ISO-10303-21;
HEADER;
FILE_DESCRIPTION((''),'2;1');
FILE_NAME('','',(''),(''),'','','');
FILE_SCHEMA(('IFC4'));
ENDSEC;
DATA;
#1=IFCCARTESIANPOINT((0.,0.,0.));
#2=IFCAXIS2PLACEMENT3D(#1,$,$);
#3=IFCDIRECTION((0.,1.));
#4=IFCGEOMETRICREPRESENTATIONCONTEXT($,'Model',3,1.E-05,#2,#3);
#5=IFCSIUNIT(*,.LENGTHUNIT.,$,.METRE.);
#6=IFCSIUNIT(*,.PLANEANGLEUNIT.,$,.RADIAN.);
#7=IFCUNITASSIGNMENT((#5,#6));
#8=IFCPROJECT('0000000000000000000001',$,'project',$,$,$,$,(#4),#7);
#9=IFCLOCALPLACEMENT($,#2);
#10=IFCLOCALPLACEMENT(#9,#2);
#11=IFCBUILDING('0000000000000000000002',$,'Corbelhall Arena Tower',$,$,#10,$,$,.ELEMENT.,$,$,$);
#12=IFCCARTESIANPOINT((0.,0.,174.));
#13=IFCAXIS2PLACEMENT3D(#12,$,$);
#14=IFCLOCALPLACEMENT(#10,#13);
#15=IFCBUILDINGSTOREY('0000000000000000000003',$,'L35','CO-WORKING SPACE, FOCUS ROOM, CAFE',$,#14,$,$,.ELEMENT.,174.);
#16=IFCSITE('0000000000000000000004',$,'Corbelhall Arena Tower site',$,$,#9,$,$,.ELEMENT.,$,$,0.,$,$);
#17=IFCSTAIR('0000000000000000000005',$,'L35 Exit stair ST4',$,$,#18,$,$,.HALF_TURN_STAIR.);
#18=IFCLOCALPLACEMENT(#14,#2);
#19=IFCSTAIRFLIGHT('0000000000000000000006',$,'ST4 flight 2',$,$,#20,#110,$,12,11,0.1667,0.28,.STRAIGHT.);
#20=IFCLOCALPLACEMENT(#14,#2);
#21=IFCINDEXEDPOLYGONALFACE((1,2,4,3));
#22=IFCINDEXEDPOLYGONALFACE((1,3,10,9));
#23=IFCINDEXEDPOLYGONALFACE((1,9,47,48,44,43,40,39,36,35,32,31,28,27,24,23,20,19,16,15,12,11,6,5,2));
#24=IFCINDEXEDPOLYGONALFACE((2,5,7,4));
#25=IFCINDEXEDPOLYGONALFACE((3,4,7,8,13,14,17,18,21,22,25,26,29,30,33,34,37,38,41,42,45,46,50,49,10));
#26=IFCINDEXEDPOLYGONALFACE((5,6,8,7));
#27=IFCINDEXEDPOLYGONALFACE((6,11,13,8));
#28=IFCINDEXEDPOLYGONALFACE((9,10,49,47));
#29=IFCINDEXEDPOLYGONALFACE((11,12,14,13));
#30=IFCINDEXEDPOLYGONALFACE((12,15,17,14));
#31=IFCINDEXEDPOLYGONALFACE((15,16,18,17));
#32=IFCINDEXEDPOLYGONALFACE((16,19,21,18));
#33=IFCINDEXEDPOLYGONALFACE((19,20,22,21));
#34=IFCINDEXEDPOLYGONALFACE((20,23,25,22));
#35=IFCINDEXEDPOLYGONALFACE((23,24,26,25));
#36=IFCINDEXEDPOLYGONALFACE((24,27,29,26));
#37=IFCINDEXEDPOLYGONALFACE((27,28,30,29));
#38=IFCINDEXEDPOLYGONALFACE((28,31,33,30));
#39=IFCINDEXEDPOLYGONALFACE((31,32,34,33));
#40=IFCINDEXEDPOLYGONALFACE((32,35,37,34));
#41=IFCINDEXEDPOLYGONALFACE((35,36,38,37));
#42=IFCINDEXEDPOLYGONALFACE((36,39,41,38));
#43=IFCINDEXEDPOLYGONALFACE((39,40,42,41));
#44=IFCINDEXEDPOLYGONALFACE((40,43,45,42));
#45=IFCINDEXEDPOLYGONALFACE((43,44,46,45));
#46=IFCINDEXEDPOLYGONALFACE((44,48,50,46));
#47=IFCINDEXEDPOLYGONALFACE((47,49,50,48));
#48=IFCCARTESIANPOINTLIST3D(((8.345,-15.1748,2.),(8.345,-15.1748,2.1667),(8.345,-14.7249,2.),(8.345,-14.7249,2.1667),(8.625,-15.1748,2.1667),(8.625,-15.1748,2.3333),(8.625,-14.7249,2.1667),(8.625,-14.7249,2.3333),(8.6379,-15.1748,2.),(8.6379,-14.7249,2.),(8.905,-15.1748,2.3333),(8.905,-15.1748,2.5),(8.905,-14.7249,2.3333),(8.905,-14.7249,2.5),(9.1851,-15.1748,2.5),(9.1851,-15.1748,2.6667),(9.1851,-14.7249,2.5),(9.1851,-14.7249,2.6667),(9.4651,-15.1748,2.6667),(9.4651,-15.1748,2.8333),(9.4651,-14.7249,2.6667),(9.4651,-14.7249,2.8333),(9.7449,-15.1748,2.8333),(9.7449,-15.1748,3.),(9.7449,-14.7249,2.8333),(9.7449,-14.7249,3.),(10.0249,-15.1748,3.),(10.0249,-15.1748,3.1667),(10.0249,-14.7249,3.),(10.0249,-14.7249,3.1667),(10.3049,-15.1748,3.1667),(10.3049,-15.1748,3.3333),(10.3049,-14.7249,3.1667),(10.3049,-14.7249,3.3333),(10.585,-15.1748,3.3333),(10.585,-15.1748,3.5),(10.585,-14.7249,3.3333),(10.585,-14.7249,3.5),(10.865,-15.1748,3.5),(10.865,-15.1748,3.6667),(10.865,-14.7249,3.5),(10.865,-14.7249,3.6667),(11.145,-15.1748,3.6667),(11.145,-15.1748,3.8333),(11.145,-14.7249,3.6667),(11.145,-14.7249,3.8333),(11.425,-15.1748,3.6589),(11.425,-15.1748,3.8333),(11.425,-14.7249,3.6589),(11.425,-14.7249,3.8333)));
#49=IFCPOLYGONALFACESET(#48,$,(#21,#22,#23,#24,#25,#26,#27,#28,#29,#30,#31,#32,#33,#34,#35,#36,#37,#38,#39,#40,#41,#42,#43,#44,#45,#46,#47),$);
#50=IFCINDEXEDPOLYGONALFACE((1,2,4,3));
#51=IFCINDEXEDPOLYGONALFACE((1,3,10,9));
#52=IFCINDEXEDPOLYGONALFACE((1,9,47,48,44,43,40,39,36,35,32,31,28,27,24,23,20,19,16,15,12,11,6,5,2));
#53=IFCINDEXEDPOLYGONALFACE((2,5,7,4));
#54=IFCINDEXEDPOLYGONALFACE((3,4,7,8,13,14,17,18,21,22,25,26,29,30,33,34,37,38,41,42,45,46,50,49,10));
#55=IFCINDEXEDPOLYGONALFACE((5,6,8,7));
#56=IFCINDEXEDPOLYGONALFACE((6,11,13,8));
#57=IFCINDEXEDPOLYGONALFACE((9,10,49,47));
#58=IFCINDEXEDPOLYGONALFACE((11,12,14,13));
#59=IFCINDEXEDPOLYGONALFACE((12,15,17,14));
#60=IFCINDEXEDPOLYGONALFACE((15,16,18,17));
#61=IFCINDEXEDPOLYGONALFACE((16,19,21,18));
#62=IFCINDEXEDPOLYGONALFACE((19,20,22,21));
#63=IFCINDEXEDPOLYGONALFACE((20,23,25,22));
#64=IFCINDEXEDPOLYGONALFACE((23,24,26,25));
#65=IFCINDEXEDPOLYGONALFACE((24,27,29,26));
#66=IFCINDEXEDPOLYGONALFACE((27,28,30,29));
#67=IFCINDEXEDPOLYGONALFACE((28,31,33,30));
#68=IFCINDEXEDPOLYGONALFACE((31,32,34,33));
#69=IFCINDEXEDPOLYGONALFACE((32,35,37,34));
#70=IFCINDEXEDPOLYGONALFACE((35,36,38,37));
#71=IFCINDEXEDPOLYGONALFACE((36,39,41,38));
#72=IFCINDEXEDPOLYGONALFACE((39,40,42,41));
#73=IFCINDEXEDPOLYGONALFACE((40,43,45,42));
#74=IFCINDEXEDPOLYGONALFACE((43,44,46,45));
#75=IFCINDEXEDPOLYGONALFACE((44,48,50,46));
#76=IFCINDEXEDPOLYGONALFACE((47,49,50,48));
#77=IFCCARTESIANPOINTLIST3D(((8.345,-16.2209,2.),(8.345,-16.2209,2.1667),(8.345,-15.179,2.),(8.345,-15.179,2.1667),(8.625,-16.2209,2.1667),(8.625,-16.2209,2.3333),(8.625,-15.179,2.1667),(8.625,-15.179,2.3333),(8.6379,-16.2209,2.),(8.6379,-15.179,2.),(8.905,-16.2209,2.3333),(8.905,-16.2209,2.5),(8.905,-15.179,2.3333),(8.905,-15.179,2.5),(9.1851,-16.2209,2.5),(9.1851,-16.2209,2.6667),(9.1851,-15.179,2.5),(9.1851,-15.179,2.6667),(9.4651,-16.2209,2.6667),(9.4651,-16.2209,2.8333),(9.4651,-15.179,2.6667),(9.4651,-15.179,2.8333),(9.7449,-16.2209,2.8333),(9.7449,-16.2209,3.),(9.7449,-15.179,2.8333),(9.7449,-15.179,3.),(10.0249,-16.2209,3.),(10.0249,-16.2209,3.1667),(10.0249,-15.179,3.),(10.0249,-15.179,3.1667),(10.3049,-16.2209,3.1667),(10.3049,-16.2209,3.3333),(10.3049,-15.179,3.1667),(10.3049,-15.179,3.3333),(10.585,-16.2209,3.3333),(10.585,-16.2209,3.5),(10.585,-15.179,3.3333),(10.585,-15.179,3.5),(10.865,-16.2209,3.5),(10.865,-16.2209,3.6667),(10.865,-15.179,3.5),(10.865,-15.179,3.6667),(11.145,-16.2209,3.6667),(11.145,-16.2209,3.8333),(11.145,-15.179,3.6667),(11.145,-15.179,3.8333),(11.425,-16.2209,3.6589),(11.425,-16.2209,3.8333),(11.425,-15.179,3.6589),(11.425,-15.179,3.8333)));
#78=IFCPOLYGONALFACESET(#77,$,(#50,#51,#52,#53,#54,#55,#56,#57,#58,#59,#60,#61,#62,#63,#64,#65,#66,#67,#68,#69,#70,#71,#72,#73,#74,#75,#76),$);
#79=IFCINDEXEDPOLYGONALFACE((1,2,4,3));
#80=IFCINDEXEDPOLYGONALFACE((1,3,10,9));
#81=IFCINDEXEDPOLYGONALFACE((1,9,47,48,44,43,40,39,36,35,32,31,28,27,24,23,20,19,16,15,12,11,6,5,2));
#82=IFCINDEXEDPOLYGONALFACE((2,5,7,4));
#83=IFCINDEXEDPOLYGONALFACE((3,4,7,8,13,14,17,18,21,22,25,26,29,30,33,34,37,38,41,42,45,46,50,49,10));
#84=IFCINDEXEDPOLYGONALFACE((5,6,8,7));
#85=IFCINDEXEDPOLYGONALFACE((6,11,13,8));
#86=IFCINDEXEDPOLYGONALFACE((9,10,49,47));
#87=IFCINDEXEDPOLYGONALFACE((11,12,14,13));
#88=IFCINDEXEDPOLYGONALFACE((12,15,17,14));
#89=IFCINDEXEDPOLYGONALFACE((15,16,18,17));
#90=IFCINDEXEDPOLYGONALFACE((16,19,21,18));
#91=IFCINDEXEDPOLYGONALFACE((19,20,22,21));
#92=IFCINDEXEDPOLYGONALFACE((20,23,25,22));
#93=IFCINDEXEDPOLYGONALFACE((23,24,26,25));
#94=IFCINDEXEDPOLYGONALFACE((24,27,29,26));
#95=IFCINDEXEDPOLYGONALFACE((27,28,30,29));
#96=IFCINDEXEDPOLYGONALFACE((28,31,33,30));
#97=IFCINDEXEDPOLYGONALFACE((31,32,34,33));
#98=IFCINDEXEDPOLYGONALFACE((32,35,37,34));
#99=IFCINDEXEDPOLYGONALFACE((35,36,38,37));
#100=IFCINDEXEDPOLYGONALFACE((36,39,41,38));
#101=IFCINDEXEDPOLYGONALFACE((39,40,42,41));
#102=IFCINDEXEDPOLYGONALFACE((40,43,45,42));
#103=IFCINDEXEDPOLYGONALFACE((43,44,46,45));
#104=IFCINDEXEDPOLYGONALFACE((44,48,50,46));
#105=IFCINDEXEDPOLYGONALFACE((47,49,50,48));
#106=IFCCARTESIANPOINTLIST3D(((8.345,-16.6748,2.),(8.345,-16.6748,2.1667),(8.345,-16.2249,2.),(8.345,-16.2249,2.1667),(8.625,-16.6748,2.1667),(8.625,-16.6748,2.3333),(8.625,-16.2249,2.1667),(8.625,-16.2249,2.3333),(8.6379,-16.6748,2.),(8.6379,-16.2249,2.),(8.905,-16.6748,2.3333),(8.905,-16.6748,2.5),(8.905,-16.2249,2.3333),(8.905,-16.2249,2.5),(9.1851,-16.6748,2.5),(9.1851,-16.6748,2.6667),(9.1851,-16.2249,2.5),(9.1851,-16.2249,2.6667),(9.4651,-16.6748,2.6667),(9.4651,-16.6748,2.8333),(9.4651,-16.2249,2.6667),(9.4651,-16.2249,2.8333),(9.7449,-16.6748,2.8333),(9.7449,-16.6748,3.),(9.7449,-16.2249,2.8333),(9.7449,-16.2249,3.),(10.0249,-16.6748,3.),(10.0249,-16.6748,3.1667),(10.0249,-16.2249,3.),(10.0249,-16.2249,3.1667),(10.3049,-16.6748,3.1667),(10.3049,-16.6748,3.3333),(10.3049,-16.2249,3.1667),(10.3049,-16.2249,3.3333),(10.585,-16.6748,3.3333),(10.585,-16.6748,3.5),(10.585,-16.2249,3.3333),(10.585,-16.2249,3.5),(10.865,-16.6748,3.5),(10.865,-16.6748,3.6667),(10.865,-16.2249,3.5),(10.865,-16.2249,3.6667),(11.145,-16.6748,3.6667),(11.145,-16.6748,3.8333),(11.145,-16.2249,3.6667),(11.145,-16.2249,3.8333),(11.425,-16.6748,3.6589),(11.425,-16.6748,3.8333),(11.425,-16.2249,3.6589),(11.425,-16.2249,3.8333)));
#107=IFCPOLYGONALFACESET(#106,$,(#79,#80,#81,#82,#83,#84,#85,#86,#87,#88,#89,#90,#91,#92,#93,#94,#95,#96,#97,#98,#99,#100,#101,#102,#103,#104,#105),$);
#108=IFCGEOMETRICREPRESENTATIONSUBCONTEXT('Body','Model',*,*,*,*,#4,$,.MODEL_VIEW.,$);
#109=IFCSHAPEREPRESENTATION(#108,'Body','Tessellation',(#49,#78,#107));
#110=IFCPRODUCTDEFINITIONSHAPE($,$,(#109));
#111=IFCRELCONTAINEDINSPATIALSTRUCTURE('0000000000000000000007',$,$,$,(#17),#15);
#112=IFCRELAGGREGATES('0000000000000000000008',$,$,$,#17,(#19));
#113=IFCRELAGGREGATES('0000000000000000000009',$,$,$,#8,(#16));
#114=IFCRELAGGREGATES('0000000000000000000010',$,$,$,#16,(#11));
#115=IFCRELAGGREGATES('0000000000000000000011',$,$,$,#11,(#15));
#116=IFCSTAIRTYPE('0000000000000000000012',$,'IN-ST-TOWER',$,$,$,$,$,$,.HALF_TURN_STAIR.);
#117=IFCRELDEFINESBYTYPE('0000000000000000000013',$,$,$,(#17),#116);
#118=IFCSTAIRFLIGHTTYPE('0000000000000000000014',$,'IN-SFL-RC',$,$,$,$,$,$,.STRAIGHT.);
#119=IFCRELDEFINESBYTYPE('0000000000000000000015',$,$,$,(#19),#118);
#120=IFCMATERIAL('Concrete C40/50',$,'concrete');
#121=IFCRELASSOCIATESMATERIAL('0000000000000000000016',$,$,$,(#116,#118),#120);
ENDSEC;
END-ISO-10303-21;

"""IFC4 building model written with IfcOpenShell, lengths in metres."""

from ifc_helpers import new_model, si_unit, direction, frame, origin, place, context, subcontext, project, spatial, polyline, outline, extrude, material, type_object, element, aggregate, save


model = new_model("IFC4")

# Units and contexts
model_context = context("Model", 3, precision=1e-05, world=origin(), true_north=direction((0.0, 1.0)))
body_context = subcontext(model_context, "Body", "Model", "MODEL_VIEW")
ifc_project = project(units=[si_unit("LENGTHUNIT", "METRE"), si_unit("PLANEANGLEUNIT", "RADIAN")], contexts=[model_context])

# Site, building, storey
site_placement = place(None, origin())
site = spatial("IfcSite", under=ifc_project, at=site_placement, Name="Corbelhall Arena Tower site", CompositionType="ELEMENT", RefElevation=0.0)
building_placement = place(site_placement, origin())
building = spatial("IfcBuilding", under=site, at=building_placement, Name="Corbelhall Arena Tower", CompositionType="ELEMENT")
storey_placement = place(building_placement, frame((0.0, 0.0, 174.0)))
storey = spatial("IfcBuildingStorey", under=building, at=storey_placement, Name="L35", Description="CO-WORKING SPACE, FOCUS ROOM, CAFE", CompositionType="ELEMENT", Elevation=174.0)

# Shared definitions
ifc_material_1 = material(Name="Concrete C40/50", Category="concrete")

# Stair, stair flight
stair_type = type_object("IfcStairType", Name="IN-ST-TOWER", PredefinedType="HALF_TURN_STAIR", material=ifc_material_1)
stair_placement = place(storey_placement, origin())
stair = element("IfcStair", 1, at=stair_placement, inside=storey, type_object=stair_type, Name="L35 Exit stair ST4", PredefinedType="HALF_TURN_STAIR")
stair_flight_type = type_object("IfcStairFlightType", Name="IN-SFL-RC", PredefinedType="STRAIGHT", material=ifc_material_1)
stair_flight_placement = place(storey_placement, frame((8.345, -15.7, 2.0), z_axis=(0.0, 0.0, 1.0), x_axis=(1.0, 0.0, 0.0)))
stair_flight = element("IfcStairFlight", 2, at=stair_flight_placement, type_object=stair_flight_type, Name="ST4 flight 2", NumberOfRisers=12, NumberOfTreads=11, PredefinedType="STRAIGHT", RiserHeight=0.1667, TreadLength=0.28, context=body_context, shape_type="SweptSolid", body=[
    extrude(outline(polyline([(0.0, 0.0), (0.0, 0.1667), (0.28, 0.1667), (0.28, 0.3333), (0.5601, 0.3333), (0.5601, 0.5), (0.8401, 0.5), (0.8401, 0.6667), (1.1201, 0.6667), (1.1201, 0.8333), (1.3999, 0.8333), (1.3999, 1.0), (1.6799, 1.0), (1.6799, 1.1667), (1.96, 1.1667), (1.96, 1.3333), (2.24, 1.3333), (2.24, 1.5), (2.52, 1.5), (2.52, 1.6667), (2.8, 1.6667), (2.8, 1.8333), (3.0801, 1.8333), (3.0801, 2.0), (3.0801, 1.6589), (0.293, 0.0), (0.0, 0.0)])), frame((0.0, 0.9751, 0.0), z_axis=(0.0, -1.0, 0.0), x_axis=(1.0, 0.0, 0.0)), (0.0, 0.0, 1.0), 0.45),
    extrude(outline(polyline([(0.0, 0.0), (0.0, 0.1667), (0.28, 0.1667), (0.28, 0.3333), (0.5601, 0.3333), (0.5601, 0.5), (0.8401, 0.5), (0.8401, 0.6667), (1.1201, 0.6667), (1.1201, 0.8333), (1.3999, 0.8333), (1.3999, 1.0), (1.6799, 1.0), (1.6799, 1.1667), (1.96, 1.1667), (1.96, 1.3333), (2.24, 1.3333), (2.24, 1.5), (2.52, 1.5), (2.52, 1.6667), (2.8, 1.6667), (2.8, 1.8333), (3.0801, 1.8333), (3.0801, 2.0), (3.0801, 1.6589), (0.293, 0.0), (0.0, 0.0)])), frame((0.0, 0.521, 0.0), z_axis=(0.0, -1.0, 0.0), x_axis=(1.0, 0.0, 0.0)), (0.0, 0.0, 1.0), 1.042),
    extrude(outline(polyline([(0.0, 0.0), (0.0, 0.1667), (0.28, 0.1667), (0.28, 0.3333), (0.5601, 0.3333), (0.5601, 0.5), (0.8401, 0.5), (0.8401, 0.6667), (1.1201, 0.6667), (1.1201, 0.8333), (1.3999, 0.8333), (1.3999, 1.0), (1.6799, 1.0), (1.6799, 1.1667), (1.96, 1.1667), (1.96, 1.3333), (2.24, 1.3333), (2.24, 1.5), (2.52, 1.5), (2.52, 1.6667), (2.8, 1.6667), (2.8, 1.8333), (3.0801, 1.8333), (3.0801, 2.0), (3.0801, 1.6589), (0.293, 0.0), (0.0, 0.0)])), frame((0.0, -0.5249, 0.0), z_axis=(0.0, -1.0, 0.0), x_axis=(1.0, 0.0, 0.0)), (0.0, 0.0, 1.0), 0.45),
])
aggregate(stair, [stair_flight])

save(model, "model.ifc")
